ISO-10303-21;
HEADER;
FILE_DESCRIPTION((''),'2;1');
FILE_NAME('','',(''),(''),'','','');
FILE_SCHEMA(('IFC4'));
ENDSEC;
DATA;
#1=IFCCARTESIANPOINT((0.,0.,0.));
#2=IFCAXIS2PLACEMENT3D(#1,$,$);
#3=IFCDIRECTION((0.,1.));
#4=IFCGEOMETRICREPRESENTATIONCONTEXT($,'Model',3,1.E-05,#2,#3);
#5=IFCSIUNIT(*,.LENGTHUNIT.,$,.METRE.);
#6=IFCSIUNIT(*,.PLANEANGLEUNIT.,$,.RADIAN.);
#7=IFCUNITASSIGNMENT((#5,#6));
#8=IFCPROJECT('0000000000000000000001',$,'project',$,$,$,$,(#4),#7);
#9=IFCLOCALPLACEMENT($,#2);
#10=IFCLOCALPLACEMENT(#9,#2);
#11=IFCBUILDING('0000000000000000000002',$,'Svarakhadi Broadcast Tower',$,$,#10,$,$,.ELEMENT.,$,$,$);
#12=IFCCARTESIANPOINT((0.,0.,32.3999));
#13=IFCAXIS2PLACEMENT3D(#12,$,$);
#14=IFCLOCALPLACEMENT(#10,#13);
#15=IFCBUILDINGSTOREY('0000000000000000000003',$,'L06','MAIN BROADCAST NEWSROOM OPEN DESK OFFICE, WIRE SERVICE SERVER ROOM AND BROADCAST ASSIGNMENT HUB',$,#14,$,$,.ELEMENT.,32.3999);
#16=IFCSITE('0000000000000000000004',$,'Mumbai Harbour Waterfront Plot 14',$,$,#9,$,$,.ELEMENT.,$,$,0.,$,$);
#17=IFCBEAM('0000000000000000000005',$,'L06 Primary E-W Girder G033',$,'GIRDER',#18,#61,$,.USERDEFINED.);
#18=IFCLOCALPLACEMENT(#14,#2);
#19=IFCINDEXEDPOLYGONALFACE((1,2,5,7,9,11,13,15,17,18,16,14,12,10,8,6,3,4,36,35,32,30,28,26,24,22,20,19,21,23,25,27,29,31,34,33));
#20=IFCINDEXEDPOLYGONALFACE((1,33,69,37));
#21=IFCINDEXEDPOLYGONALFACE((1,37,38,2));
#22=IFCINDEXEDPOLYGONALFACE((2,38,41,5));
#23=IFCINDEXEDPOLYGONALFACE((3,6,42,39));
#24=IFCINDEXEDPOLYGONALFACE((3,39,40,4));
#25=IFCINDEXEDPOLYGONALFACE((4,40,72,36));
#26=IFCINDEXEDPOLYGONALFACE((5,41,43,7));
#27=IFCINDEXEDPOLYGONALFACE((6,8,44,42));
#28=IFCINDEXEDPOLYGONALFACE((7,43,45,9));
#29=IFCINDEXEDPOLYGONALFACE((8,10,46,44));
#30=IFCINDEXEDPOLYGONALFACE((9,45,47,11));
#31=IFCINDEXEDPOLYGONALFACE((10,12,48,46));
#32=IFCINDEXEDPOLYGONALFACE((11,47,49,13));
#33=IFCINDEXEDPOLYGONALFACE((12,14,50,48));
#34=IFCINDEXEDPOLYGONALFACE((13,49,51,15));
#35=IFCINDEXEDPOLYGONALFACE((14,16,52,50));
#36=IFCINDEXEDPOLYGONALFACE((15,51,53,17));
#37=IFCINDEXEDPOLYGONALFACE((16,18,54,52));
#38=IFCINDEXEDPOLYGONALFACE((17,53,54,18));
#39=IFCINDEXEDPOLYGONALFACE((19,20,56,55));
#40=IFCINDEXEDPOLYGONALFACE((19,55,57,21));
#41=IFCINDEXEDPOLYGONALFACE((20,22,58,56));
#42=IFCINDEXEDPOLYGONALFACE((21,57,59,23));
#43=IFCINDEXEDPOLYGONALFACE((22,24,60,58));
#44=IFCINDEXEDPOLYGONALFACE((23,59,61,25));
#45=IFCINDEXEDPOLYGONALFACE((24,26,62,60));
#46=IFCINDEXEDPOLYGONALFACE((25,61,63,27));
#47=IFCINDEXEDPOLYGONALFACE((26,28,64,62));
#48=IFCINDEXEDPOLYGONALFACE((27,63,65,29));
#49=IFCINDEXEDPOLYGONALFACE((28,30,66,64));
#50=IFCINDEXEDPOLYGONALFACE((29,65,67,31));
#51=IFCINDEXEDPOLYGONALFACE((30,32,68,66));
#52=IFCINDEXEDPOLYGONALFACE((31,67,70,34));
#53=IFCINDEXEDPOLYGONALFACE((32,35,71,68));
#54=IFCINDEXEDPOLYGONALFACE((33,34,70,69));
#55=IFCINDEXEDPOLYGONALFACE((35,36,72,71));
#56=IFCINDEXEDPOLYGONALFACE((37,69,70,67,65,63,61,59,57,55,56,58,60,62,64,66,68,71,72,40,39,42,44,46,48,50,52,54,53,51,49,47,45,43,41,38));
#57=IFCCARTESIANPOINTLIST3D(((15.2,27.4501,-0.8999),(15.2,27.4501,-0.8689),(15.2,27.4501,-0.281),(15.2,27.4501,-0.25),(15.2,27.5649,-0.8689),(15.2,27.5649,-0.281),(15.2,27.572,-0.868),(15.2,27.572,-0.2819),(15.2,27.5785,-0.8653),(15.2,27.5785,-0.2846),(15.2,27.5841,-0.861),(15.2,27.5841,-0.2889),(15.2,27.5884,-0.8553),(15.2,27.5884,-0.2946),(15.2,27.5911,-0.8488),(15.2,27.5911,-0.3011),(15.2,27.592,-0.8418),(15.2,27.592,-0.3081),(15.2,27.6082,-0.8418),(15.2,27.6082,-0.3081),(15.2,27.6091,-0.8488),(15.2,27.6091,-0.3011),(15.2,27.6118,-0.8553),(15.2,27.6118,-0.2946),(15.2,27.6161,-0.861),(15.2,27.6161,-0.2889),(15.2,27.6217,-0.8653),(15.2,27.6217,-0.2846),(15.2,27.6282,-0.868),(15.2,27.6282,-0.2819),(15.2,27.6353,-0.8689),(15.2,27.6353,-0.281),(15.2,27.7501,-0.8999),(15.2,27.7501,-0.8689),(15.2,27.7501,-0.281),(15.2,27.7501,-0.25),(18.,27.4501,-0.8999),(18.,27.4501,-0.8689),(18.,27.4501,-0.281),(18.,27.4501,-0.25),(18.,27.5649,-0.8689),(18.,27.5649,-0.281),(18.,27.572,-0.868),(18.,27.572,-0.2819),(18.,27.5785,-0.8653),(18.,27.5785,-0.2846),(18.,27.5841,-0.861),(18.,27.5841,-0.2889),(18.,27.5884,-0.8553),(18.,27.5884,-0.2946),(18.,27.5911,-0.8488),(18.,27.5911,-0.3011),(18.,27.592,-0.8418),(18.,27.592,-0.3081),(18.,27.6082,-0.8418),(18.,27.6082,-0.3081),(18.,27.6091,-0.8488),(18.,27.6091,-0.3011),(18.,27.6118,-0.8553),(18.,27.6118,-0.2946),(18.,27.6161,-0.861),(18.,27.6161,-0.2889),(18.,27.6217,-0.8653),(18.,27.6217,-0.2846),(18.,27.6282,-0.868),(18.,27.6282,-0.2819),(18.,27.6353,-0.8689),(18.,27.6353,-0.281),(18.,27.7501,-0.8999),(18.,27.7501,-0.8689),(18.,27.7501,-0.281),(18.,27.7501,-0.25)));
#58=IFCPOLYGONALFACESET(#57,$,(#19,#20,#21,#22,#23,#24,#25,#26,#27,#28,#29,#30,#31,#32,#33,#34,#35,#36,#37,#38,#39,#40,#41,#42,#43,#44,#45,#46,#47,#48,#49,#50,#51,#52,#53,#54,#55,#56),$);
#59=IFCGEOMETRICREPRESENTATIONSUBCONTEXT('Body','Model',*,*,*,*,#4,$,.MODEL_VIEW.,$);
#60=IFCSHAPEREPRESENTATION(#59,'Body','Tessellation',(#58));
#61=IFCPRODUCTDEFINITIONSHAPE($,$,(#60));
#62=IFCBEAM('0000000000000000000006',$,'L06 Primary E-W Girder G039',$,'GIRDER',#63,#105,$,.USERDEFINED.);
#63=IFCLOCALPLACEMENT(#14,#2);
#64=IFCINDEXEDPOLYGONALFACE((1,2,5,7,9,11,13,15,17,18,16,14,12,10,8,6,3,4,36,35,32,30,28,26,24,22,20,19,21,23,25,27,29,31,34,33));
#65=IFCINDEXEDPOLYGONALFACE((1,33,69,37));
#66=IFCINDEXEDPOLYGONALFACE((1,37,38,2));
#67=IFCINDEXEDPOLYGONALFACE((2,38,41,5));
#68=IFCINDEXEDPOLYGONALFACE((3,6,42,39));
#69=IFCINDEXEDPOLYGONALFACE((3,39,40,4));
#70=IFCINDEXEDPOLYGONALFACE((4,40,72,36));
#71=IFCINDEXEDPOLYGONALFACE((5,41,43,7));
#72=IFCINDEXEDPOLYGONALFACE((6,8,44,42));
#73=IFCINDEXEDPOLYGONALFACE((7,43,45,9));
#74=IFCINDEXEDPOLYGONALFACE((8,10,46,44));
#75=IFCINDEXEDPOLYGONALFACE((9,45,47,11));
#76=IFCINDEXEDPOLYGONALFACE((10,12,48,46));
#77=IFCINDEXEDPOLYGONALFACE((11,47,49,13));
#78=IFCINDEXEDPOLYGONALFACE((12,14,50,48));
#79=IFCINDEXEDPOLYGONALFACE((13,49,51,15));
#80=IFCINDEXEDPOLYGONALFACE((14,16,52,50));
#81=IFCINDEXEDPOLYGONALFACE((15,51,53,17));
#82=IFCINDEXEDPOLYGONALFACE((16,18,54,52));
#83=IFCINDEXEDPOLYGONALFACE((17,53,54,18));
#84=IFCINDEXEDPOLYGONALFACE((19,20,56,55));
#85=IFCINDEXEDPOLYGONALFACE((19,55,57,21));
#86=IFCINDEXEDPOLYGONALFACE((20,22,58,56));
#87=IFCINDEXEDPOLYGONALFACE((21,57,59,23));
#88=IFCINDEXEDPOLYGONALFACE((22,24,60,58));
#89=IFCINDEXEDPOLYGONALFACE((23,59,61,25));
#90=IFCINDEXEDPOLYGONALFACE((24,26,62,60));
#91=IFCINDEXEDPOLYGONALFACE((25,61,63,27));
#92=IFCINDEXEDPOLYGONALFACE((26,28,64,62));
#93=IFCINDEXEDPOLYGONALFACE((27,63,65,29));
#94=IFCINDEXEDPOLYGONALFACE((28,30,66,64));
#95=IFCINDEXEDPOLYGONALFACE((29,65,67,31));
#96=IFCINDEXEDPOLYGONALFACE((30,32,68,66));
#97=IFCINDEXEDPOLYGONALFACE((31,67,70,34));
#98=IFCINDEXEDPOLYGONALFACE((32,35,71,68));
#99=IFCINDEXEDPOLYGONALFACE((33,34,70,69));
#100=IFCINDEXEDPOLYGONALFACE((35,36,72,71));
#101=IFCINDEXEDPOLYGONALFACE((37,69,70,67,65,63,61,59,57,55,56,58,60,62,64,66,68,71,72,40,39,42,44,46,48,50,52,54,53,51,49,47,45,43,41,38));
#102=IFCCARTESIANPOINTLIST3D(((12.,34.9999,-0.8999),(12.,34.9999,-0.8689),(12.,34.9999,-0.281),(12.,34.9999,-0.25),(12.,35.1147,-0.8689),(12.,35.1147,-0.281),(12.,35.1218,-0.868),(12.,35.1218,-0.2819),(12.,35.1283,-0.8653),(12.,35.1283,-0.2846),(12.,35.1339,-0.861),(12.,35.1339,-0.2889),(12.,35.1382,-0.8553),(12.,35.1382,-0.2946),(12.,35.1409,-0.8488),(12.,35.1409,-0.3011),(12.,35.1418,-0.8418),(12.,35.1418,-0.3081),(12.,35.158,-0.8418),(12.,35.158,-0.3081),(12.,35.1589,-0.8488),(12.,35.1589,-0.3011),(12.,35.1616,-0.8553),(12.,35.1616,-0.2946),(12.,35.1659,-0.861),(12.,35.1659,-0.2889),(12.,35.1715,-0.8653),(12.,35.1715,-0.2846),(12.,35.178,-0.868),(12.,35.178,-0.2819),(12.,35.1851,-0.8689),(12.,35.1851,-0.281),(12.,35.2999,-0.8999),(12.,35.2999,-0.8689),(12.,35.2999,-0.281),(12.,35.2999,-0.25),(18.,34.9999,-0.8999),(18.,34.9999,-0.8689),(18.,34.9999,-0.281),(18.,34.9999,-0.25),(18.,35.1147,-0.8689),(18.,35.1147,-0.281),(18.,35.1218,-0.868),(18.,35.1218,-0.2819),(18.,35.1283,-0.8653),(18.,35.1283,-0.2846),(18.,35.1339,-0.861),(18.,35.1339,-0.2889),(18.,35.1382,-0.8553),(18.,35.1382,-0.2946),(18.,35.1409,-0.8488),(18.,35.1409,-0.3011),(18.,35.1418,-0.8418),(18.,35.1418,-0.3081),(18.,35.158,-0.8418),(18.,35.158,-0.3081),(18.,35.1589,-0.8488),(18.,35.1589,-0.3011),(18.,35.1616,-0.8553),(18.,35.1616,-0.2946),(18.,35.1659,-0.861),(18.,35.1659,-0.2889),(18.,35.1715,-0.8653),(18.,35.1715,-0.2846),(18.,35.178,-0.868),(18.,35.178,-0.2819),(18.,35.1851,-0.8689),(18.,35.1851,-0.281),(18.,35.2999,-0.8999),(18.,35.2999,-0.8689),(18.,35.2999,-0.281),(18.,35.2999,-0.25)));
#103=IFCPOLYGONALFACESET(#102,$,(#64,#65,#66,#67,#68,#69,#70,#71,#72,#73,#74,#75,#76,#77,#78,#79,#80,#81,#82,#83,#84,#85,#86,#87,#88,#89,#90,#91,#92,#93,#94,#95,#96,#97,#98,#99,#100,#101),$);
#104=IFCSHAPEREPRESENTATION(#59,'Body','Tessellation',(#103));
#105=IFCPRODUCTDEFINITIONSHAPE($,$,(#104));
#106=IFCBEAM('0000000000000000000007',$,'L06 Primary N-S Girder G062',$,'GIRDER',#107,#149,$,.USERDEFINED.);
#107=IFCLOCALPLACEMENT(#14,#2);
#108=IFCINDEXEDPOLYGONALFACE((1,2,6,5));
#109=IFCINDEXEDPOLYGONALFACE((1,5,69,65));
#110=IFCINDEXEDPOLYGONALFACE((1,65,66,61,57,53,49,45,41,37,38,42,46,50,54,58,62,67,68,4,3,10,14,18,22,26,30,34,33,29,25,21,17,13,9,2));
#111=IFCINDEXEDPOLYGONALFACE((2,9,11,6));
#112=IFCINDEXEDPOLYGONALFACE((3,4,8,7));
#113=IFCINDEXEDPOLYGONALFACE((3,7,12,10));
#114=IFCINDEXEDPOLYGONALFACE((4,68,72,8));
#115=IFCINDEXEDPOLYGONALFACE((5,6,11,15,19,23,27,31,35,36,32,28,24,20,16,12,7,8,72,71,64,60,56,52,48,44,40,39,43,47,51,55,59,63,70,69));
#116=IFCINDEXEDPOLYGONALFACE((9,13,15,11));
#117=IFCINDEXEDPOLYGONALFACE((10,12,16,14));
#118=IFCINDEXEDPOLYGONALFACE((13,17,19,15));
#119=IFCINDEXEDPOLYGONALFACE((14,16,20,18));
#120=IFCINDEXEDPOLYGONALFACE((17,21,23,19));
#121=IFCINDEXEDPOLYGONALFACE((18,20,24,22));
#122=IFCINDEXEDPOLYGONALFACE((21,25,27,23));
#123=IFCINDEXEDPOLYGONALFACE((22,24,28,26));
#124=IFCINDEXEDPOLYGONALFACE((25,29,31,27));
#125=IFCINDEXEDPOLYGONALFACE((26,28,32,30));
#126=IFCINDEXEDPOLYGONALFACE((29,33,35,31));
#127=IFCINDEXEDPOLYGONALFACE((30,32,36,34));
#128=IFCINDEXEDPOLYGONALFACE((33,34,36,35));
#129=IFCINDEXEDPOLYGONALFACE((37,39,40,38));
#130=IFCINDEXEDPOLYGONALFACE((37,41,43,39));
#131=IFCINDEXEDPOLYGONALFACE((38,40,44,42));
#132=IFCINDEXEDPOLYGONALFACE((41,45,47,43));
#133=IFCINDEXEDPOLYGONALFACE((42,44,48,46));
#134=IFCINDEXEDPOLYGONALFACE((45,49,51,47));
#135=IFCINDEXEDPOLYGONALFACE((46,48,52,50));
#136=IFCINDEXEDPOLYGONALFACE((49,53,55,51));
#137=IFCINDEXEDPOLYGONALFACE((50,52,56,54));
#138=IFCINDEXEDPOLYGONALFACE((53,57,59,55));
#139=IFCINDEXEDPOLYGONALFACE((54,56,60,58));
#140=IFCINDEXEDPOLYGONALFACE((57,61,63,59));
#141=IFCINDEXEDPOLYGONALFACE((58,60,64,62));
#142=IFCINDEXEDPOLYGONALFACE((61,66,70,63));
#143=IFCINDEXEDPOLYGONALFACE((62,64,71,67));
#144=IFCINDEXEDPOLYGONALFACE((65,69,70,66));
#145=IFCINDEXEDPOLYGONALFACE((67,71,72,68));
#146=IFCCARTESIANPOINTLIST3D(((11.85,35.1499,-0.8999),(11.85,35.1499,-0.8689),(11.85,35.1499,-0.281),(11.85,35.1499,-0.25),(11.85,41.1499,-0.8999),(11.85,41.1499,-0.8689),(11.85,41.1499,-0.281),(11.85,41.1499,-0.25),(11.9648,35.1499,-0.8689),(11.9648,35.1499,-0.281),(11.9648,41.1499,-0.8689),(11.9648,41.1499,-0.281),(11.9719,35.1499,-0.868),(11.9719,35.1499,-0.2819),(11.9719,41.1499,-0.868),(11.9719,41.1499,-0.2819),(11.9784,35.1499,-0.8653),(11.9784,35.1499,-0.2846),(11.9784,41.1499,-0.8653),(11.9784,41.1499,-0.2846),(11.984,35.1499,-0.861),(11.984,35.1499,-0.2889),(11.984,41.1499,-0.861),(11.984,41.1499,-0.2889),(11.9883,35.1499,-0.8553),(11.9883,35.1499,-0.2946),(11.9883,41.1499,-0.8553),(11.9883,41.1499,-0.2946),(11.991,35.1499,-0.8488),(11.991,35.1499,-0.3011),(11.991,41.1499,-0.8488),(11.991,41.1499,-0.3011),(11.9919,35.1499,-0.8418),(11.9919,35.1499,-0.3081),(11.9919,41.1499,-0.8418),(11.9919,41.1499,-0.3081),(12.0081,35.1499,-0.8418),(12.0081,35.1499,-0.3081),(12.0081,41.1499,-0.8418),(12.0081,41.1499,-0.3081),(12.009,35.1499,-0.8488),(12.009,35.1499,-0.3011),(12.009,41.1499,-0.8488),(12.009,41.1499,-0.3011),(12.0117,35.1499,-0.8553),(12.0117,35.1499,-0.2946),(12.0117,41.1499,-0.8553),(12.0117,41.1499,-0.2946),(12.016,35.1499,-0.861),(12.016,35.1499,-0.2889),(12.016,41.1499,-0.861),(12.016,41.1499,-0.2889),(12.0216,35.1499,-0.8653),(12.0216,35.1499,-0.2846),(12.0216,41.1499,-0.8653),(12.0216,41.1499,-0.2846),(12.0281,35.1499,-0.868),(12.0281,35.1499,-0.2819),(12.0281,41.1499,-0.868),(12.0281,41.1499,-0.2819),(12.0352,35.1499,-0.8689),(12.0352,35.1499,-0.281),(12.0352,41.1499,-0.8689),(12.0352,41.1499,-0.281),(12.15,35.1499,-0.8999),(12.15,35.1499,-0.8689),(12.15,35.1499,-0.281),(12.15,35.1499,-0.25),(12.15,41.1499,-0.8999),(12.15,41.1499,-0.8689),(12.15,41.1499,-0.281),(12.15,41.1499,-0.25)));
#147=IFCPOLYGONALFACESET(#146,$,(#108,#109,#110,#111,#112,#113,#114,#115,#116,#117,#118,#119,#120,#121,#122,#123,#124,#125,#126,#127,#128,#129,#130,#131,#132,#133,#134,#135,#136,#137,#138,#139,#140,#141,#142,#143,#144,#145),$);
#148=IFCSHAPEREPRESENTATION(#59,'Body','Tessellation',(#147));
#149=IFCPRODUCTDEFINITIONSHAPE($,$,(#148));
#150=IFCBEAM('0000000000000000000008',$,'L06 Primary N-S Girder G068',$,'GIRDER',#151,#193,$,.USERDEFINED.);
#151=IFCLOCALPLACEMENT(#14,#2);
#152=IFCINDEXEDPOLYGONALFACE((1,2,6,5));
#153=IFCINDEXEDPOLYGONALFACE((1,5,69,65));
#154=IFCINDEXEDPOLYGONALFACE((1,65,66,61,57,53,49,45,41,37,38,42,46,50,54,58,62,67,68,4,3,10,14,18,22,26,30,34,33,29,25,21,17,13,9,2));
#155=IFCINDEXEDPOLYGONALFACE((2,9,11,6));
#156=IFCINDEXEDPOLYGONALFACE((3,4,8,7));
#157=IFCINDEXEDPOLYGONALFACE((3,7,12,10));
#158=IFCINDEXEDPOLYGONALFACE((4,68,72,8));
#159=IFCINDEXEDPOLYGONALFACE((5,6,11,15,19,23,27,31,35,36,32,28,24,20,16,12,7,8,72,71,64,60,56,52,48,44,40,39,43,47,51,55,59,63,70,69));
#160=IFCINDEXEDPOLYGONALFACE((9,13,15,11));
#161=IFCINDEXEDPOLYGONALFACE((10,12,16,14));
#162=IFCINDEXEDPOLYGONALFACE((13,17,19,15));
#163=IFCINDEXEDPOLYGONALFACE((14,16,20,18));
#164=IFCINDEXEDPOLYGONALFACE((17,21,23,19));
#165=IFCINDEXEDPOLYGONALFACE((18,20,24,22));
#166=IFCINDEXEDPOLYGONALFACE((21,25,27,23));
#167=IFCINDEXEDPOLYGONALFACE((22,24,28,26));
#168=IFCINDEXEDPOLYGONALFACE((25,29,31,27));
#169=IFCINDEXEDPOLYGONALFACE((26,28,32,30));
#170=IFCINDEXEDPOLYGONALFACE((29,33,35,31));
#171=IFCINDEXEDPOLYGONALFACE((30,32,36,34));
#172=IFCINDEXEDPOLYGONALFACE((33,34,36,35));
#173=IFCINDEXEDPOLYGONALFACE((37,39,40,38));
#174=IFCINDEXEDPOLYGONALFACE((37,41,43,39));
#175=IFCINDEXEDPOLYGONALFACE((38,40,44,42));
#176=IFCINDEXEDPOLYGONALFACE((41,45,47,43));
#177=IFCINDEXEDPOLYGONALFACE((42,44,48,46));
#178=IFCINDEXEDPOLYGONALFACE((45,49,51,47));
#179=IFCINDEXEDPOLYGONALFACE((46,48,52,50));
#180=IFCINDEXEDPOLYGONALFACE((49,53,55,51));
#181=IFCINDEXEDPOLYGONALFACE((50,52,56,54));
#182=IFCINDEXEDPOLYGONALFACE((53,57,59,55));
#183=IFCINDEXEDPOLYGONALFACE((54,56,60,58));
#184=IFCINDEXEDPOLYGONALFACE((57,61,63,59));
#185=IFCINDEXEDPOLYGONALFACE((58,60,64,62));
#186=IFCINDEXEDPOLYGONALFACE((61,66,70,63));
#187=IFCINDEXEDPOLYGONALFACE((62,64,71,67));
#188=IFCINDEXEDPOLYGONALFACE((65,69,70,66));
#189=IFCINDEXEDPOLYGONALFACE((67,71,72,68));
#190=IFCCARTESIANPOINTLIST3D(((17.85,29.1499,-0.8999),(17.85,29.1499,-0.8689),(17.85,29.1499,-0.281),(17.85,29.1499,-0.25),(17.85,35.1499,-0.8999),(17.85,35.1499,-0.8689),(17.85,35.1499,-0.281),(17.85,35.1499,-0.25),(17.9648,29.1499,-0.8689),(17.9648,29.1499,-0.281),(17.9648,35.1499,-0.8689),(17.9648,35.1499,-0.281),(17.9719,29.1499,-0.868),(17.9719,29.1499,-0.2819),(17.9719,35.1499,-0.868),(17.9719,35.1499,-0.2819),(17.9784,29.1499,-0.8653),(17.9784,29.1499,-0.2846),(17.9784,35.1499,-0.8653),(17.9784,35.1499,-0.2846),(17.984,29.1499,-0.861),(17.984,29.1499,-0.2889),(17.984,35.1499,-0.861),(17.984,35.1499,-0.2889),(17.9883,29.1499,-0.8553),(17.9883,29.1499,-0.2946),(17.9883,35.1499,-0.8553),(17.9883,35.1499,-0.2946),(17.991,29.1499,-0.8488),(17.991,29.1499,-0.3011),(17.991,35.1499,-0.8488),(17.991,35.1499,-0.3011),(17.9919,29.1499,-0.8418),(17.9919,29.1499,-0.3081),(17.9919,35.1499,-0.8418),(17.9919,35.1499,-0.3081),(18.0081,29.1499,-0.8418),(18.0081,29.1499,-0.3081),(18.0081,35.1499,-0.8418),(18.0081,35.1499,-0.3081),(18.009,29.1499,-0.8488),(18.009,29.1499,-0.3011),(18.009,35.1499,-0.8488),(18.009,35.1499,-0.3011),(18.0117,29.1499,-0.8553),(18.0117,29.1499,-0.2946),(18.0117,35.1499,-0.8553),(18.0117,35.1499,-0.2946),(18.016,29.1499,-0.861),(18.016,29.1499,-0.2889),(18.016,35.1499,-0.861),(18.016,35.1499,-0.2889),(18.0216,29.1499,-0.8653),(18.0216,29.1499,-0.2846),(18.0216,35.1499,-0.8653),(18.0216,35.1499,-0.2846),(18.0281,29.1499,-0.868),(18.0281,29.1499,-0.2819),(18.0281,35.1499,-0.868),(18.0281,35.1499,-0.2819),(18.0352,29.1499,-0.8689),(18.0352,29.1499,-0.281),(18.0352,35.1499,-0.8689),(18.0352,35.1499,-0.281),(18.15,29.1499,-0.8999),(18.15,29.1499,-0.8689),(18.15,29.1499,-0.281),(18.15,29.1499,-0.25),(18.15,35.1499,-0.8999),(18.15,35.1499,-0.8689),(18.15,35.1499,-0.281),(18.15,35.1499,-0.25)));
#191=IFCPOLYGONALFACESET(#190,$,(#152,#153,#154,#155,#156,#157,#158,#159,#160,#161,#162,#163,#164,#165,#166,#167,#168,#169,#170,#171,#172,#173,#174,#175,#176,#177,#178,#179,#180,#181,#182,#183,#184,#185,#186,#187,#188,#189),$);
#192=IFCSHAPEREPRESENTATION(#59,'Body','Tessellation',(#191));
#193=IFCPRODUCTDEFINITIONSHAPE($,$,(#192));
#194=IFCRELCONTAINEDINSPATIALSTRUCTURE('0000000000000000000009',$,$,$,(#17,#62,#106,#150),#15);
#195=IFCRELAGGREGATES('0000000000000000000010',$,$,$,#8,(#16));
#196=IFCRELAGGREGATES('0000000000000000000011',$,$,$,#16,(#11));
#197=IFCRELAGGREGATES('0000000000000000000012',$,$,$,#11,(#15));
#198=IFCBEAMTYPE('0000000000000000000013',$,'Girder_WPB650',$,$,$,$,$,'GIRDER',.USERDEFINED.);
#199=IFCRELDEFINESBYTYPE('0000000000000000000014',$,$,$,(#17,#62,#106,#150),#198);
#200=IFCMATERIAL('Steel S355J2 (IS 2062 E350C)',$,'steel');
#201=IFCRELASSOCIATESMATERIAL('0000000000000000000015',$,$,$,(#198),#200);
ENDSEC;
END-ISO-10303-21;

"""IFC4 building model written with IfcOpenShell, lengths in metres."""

from ifc_helpers import new_model, si_unit, direction, frame, origin, origin_2d, place, context, subcontext, project, spatial, i_section, extrude, material, material_profile, profile_set, type_object, element, save


model = new_model("IFC4")

# Units and contexts
model_context = context("Model", 3, precision=1e-05, world=origin(), true_north=direction((0.0, 1.0)))
body_context = subcontext(model_context, "Body", "Model", "MODEL_VIEW")
ifc_project = project(units=[si_unit("LENGTHUNIT", "METRE"), si_unit("PLANEANGLEUNIT", "RADIAN")], contexts=[model_context])

# Site, building, storey
site_placement = place(None, origin())
site = spatial("IfcSite", under=ifc_project, at=site_placement, Name="Mumbai Harbour Waterfront Plot 14", CompositionType="ELEMENT", RefElevation=0.0)
building_placement = place(site_placement, origin())
building = spatial("IfcBuilding", under=site, at=building_placement, Name="Svarakhadi Broadcast Tower", CompositionType="ELEMENT")
storey_placement = place(building_placement, frame((0.0, 0.0, 32.3999)))
storey = spatial("IfcBuildingStorey", under=building, at=storey_placement, Name="L06", Description="MAIN BROADCAST NEWSROOM OPEN DESK OFFICE, WIRE SERVICE SERVER ROOM AND BROADCAST ASSIGNMENT HUB", CompositionType="ELEMENT", Elevation=32.3999)

# Beams
ifc_material_1 = material(Name="Steel S355J2 (IS 2062 E350C)", Category="steel")
ifc_material_profile_1 = material_profile(ifc_material_1, i_section(OverallWidth=0.3, OverallDepth=0.6499, WebThickness=0.0161, FlangeThickness=0.031, FilletRadius=0.0271, at=origin_2d()), Name="WPB 650x300x225")
ifc_profile_set_1 = profile_set([ifc_material_profile_1], Name="Steel S355J2 (IS 2062 E350C)")
beam_type_1 = type_object("IfcBeamType", Name="Girder_WPB650", ElementType="GIRDER", PredefinedType="USERDEFINED", material=ifc_profile_set_1)
beam_1_placement = place(storey_placement, frame((15.2, 27.6001, -0.575), z_axis=(1.0, 0.0, 0.0), x_axis=(0.0, 1.0, 0.0)))
element("IfcBeam", 1, at=beam_1_placement, inside=storey, type_object=beam_type_1, Name="L06 Primary E-W Girder G033", ObjectType="GIRDER", PredefinedType="USERDEFINED", context=body_context, shape_type="SweptSolid", body=[
    extrude(i_section(OverallWidth=0.3, OverallDepth=0.6499, WebThickness=0.0161, FlangeThickness=0.031, FilletRadius=0.0271, at=origin_2d()), origin(), (0.0, 0.0, 1.0), 2.8),
])
for number, where, z_axis, x_axis, name in (
    (2, (12.0, 35.1499, -0.575), (1.0, 0.0, 0.0), (0.0, 1.0, 0.0), "L06 Primary E-W Girder G039"),
    (3, (12.0, 35.1499, -0.575), (0.0, 1.0, 0.0), (-1.0, 0.0, 0.0), "L06 Primary N-S Girder G062"),
    (4, (18.0, 29.1499, -0.575), (0.0, 1.0, 0.0), (-1.0, 0.0, 0.0), "L06 Primary N-S Girder G068"),
):
    element("IfcBeam", number, at=place(storey_placement, frame(where, z_axis=z_axis, x_axis=x_axis)), inside=storey, type_object=beam_type_1, Name=name, ObjectType="GIRDER", PredefinedType="USERDEFINED", context=body_context, shape_type="SweptSolid", body=[
        extrude(i_section(OverallWidth=0.3, OverallDepth=0.6499, WebThickness=0.0161, FlangeThickness=0.031, FilletRadius=0.0271, at=origin_2d()), origin(), (0.0, 0.0, 1.0), 6.0),
    ])

save(model, "model.ifc")
